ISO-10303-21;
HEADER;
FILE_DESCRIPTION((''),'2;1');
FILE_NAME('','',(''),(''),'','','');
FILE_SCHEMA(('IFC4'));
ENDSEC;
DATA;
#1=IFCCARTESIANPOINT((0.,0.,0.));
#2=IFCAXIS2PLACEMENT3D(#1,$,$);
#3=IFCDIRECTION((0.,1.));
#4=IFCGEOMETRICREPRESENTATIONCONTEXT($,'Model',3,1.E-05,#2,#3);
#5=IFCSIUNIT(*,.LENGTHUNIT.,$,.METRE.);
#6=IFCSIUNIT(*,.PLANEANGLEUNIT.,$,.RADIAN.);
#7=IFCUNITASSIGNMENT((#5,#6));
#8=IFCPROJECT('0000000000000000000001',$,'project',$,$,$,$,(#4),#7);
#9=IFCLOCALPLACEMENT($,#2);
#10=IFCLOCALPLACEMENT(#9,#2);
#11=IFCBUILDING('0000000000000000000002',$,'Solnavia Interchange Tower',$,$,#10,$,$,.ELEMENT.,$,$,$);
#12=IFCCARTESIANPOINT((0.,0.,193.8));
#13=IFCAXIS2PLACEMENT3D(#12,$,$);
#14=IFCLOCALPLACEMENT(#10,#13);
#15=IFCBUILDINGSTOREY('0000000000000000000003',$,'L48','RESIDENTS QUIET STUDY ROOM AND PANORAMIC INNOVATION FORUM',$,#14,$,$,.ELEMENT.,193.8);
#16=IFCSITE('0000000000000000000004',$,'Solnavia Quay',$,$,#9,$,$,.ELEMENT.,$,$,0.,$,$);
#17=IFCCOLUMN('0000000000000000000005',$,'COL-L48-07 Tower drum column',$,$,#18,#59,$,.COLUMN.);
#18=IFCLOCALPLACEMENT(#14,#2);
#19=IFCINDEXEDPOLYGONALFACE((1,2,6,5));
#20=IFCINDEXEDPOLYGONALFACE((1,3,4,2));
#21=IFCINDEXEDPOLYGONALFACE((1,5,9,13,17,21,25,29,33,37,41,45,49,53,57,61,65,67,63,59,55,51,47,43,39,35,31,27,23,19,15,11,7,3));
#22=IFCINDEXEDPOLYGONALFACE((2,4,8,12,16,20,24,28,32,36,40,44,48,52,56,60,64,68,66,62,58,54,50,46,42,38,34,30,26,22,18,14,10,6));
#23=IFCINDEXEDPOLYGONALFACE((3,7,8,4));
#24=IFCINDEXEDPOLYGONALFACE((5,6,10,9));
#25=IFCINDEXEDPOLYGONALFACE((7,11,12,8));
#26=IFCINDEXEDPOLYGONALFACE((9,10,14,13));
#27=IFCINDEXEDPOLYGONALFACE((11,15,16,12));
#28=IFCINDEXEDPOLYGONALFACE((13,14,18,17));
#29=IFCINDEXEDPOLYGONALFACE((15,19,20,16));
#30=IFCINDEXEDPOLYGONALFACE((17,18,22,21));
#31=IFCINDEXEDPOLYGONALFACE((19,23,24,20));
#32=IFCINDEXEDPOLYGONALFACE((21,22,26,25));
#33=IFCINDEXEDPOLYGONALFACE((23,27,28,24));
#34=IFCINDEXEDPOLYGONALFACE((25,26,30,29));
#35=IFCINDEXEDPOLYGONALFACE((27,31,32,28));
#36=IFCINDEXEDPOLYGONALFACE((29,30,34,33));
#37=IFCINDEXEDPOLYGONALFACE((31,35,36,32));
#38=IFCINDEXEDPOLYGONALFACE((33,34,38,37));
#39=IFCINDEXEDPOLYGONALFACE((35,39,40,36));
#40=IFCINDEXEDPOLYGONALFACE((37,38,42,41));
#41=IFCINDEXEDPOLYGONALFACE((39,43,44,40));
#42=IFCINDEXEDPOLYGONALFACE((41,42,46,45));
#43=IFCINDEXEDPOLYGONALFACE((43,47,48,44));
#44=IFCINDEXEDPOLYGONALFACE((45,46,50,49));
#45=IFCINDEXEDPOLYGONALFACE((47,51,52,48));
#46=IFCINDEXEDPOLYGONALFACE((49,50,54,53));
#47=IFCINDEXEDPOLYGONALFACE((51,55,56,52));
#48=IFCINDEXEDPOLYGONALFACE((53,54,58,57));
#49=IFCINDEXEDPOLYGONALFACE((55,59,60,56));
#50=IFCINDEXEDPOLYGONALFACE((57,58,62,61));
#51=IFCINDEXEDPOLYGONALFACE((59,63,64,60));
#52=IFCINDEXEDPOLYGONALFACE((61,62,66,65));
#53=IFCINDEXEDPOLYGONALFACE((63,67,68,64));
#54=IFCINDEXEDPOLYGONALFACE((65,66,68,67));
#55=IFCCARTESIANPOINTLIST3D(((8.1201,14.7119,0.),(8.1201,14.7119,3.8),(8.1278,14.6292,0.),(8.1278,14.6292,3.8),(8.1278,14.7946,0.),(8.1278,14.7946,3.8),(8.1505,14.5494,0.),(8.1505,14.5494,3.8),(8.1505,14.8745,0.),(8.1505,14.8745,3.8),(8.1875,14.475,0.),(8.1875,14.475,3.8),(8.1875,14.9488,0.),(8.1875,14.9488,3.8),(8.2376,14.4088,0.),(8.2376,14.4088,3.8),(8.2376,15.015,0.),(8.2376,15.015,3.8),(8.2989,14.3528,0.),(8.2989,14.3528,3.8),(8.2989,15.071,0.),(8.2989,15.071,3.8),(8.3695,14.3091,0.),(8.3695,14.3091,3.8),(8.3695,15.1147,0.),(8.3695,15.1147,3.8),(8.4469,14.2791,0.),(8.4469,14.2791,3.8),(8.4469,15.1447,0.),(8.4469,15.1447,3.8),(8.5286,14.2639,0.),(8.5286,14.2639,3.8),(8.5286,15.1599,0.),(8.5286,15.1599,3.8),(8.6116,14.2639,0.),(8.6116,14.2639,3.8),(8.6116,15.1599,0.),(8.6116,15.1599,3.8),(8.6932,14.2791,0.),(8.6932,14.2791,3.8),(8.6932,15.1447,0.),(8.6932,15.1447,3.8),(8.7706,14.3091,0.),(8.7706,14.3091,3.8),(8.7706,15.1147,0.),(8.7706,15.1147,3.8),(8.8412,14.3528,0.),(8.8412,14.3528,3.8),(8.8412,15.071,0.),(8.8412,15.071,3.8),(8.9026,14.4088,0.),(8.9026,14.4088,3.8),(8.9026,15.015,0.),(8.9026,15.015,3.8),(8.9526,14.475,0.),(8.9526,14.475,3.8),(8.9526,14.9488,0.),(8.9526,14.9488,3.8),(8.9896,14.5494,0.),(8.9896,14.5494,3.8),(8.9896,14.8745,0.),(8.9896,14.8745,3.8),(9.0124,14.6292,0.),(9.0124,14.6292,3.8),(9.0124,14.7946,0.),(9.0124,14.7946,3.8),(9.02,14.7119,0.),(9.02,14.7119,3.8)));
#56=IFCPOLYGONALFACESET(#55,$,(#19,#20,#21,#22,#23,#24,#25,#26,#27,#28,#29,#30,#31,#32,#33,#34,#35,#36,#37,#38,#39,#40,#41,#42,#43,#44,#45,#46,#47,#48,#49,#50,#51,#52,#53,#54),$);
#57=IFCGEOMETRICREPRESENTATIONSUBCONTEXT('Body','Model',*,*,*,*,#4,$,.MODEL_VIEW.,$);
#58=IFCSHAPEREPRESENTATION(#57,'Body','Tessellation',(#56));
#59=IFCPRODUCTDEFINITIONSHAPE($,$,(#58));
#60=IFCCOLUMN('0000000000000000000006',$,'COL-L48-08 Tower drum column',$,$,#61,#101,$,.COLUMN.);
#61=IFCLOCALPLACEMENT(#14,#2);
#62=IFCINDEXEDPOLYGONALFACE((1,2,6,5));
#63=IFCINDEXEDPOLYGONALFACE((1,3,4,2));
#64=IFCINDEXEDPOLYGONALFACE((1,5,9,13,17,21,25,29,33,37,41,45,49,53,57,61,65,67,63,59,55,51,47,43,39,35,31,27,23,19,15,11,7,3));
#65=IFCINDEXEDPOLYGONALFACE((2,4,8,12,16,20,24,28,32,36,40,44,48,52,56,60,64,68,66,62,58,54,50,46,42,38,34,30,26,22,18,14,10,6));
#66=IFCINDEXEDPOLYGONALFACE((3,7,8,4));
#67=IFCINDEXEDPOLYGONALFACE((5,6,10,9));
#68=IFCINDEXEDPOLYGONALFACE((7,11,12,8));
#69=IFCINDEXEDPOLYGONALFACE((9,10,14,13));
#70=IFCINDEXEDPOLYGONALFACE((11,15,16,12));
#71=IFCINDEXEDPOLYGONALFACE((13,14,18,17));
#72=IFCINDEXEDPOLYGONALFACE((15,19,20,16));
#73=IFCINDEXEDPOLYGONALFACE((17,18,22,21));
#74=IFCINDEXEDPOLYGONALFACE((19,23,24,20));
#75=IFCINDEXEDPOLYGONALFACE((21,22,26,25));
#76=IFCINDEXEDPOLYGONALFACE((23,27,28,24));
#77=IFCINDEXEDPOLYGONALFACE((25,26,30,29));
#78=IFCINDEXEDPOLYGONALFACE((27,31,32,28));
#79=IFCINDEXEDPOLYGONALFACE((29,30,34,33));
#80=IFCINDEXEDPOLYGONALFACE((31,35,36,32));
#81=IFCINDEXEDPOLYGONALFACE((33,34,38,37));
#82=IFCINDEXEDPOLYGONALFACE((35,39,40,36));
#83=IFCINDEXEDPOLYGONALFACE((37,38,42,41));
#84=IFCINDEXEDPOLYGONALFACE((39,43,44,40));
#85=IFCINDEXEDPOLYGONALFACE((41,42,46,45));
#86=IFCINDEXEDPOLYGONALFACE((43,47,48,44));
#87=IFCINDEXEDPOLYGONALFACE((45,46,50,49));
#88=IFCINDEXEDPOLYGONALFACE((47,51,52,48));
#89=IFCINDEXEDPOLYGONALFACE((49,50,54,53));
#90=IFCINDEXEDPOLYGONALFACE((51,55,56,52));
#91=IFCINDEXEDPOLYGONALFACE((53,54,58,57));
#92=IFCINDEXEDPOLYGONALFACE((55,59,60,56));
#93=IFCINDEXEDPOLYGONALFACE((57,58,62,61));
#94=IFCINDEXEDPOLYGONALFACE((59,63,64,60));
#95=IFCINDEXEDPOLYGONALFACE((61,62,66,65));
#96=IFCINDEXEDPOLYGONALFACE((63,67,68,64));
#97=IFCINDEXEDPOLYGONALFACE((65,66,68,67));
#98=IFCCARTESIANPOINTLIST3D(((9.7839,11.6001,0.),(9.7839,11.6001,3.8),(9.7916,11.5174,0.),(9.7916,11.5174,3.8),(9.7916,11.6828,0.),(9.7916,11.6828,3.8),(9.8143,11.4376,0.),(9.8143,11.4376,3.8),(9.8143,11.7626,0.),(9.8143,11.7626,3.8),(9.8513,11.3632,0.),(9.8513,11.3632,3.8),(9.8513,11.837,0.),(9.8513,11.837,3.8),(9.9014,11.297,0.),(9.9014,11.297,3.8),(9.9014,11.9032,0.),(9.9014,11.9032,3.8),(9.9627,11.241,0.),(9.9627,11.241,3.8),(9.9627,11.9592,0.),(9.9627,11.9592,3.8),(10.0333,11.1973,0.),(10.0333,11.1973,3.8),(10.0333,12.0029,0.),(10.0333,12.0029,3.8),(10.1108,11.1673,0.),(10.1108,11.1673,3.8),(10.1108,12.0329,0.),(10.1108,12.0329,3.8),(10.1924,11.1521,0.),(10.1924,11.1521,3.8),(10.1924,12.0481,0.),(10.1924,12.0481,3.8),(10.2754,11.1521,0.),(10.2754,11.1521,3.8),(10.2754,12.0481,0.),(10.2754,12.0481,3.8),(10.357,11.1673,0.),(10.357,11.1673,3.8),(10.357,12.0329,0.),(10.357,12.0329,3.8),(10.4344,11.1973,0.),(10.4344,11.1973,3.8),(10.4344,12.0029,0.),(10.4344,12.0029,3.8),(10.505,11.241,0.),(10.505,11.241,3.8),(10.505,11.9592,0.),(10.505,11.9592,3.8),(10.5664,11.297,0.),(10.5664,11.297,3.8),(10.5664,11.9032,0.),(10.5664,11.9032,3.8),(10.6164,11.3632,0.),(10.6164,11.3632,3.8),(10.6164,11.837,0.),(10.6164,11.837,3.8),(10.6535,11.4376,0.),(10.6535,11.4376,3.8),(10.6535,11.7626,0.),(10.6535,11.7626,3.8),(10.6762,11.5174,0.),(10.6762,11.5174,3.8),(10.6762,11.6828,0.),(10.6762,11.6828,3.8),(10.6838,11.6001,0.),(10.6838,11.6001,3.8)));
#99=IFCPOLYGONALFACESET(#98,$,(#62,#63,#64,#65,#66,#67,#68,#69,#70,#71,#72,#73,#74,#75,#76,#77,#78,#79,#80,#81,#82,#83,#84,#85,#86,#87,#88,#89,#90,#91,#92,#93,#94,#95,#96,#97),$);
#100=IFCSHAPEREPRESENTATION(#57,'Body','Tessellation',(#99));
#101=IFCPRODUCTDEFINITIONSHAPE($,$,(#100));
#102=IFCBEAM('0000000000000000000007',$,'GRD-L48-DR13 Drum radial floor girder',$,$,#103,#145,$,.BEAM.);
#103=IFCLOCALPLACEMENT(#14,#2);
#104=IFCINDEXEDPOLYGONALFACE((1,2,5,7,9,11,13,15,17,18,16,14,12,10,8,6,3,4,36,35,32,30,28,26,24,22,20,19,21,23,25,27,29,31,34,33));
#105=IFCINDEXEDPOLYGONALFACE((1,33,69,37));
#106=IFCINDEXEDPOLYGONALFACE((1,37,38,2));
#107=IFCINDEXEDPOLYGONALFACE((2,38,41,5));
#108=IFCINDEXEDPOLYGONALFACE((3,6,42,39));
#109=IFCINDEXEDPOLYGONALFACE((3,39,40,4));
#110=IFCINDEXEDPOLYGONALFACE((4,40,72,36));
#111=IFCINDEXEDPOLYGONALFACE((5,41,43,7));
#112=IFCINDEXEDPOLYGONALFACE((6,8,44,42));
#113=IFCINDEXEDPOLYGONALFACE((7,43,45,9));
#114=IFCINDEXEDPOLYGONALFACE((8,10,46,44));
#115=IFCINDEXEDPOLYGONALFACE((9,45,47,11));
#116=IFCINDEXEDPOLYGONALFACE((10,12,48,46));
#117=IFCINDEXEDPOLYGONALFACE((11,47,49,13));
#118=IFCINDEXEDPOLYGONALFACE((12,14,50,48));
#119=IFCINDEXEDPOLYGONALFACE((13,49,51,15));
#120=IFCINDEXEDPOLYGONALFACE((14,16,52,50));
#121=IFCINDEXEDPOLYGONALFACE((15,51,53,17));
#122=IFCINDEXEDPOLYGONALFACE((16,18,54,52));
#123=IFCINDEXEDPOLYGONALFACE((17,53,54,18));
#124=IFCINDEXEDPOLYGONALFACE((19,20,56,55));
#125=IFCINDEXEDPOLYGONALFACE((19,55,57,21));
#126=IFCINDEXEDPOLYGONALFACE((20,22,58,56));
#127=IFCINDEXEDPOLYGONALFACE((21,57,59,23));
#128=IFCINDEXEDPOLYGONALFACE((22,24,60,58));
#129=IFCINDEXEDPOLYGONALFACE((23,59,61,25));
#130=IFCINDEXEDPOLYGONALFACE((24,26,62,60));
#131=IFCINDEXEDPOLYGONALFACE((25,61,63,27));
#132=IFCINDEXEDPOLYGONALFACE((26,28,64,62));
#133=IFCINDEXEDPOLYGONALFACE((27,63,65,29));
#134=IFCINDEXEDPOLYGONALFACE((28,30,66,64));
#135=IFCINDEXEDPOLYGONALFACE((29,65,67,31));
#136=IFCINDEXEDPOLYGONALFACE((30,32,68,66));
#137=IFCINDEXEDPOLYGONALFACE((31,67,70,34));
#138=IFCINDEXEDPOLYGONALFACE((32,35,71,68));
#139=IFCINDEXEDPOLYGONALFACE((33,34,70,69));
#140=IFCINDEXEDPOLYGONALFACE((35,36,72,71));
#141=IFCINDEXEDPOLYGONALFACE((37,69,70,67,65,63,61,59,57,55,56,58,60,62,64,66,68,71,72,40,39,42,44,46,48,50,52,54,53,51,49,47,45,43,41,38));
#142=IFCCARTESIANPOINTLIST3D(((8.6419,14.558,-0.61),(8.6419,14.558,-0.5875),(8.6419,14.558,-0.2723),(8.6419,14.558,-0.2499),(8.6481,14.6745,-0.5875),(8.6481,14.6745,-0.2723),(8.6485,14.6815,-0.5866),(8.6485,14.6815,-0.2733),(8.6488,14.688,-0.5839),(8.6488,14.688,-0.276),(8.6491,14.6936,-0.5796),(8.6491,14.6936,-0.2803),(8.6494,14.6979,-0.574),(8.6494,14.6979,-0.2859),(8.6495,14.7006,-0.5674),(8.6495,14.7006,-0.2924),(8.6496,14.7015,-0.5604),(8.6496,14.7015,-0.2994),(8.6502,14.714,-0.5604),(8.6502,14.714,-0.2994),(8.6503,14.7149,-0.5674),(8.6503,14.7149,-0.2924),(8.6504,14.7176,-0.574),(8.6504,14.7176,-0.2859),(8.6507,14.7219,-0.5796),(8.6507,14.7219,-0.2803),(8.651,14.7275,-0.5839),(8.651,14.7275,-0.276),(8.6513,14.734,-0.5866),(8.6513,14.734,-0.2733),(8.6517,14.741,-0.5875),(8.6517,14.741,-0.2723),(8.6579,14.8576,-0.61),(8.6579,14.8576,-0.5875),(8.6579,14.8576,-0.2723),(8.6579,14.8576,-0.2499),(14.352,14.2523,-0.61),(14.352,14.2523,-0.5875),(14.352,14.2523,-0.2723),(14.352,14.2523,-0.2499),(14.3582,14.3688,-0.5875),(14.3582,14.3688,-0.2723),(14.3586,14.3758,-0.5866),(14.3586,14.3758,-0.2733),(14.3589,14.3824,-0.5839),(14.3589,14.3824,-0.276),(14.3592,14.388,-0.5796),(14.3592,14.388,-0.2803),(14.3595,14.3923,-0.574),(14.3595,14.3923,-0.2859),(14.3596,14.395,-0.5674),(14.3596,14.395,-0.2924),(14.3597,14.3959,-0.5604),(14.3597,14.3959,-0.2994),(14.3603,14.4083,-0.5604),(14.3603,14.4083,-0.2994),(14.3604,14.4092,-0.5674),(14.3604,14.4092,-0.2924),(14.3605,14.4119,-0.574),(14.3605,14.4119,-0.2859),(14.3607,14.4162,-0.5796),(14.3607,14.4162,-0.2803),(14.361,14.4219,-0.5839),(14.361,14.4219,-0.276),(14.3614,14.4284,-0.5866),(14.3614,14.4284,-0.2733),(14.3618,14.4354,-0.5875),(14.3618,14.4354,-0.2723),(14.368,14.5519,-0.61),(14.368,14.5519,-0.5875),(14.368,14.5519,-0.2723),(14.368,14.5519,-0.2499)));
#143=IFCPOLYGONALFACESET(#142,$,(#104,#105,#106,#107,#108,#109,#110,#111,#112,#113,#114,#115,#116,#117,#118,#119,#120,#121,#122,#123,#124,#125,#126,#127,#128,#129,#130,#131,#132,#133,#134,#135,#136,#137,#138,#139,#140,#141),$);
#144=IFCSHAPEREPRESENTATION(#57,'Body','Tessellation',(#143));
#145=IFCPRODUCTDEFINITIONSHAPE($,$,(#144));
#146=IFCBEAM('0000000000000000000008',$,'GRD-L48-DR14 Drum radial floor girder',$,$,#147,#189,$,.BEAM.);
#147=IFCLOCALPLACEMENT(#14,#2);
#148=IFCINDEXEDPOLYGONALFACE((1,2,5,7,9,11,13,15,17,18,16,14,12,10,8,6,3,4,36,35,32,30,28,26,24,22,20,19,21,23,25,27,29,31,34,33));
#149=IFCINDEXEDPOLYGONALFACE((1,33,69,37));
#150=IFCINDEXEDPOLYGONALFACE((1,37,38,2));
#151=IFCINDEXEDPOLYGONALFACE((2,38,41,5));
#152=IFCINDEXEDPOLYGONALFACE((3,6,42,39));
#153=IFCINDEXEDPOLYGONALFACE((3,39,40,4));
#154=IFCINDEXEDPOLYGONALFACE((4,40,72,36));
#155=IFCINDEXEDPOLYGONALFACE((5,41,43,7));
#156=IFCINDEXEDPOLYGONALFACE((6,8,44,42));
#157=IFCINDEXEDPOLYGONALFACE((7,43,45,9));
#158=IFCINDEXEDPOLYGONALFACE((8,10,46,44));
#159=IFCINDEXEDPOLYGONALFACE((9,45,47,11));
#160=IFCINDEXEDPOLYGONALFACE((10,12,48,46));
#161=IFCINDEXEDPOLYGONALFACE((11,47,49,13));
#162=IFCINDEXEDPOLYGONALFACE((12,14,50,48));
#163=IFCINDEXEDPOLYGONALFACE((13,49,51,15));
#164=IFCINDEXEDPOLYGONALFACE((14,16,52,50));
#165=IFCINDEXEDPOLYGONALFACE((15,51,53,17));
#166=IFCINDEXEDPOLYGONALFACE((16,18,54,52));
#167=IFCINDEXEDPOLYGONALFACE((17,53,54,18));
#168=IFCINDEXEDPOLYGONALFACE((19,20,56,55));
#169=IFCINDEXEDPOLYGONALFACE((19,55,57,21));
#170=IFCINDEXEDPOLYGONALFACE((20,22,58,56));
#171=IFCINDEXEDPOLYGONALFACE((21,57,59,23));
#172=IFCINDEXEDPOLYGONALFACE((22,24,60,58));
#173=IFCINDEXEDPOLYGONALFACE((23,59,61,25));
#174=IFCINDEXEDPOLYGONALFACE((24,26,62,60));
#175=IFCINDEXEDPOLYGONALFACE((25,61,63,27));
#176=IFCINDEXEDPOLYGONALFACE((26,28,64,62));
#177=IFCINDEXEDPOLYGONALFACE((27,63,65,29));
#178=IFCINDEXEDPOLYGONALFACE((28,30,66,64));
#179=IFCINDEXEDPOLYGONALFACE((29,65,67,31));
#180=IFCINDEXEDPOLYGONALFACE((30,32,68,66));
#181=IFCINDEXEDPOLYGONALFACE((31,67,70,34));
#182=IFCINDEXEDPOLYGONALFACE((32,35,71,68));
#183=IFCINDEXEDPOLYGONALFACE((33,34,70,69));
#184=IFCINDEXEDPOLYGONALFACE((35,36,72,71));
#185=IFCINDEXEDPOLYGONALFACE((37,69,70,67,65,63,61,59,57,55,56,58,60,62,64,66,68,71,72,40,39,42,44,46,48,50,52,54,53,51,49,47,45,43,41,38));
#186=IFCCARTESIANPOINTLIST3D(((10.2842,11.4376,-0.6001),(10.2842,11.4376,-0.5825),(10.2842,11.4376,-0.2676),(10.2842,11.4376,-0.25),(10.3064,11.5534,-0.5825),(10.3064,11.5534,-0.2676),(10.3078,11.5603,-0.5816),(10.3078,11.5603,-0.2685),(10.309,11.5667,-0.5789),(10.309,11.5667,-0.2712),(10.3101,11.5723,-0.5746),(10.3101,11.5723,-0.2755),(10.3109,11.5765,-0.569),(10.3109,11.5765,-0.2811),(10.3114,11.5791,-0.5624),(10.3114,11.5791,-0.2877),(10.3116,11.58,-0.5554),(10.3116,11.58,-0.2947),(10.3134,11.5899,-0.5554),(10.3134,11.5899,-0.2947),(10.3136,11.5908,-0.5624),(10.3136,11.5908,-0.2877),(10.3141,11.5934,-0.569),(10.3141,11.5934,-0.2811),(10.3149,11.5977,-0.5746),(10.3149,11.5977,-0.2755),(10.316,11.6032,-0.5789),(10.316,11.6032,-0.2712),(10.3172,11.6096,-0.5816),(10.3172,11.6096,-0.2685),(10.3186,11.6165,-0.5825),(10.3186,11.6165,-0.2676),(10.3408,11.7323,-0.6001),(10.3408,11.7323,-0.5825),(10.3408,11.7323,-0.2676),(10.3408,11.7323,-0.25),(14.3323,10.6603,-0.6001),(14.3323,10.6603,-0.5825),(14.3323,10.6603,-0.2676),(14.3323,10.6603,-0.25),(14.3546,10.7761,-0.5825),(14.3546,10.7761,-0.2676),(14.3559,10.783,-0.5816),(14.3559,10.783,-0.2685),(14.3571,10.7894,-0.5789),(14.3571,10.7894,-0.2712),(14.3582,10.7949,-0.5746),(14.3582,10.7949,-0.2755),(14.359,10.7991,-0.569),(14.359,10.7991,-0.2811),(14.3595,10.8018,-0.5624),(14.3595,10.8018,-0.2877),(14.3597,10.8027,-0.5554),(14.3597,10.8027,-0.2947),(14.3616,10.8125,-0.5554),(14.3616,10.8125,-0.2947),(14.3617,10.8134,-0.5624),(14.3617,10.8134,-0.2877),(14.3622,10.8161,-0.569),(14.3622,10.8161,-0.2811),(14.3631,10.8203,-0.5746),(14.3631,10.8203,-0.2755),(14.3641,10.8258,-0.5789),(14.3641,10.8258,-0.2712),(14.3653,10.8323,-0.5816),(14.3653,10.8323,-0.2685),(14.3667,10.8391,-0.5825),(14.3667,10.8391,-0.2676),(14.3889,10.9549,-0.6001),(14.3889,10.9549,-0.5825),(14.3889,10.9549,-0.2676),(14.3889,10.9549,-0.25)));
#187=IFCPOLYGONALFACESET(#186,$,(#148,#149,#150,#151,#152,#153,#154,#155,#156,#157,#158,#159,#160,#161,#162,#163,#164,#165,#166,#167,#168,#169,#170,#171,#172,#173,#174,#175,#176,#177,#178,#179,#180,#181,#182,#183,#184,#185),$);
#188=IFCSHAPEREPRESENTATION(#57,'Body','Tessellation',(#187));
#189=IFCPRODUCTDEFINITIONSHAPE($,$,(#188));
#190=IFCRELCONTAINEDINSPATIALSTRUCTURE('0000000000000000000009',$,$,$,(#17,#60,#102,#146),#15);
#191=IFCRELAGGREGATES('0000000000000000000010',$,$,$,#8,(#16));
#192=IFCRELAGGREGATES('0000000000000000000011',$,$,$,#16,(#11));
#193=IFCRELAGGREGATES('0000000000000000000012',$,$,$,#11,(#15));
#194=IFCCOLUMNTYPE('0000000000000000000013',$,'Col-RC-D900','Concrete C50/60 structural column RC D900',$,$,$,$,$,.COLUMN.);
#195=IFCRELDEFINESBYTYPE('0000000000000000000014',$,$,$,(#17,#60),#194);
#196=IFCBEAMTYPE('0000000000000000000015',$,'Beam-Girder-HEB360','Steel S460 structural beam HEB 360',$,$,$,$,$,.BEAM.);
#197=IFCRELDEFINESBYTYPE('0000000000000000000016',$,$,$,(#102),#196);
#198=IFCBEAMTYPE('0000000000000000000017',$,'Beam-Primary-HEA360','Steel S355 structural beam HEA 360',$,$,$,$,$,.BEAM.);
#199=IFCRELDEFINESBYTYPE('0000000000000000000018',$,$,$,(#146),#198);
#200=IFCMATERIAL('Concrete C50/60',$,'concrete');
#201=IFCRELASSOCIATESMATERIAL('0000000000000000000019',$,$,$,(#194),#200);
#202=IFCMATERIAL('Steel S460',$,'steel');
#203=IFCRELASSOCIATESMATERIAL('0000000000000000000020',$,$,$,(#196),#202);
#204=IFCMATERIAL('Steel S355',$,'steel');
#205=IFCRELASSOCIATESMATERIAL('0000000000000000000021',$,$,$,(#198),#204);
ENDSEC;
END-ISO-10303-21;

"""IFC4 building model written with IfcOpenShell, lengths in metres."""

from ifc_helpers import new_model, si_unit, direction, frame, origin, origin_2d, place, context, subcontext, project, spatial, circle, i_section, extrude, material, material_profile, profile_set, type_object, element, save


model = new_model("IFC4")

# Units and contexts
model_context = context("Model", 3, precision=1e-05, world=origin(), true_north=direction((0.0, 1.0)))
body_context = subcontext(model_context, "Body", "Model", "MODEL_VIEW")
ifc_project = project(units=[si_unit("LENGTHUNIT", "METRE"), si_unit("PLANEANGLEUNIT", "RADIAN")], contexts=[model_context])

# Site, building, storey
site_placement = place(None, origin())
site = spatial("IfcSite", under=ifc_project, at=site_placement, Name="Solnavia Quay", CompositionType="ELEMENT", RefElevation=0.0)
building_placement = place(site_placement, origin())
building = spatial("IfcBuilding", under=site, at=building_placement, Name="Solnavia Interchange Tower", CompositionType="ELEMENT")
storey_placement = place(building_placement, frame((0.0, 0.0, 193.8)))
storey = spatial("IfcBuildingStorey", under=building, at=storey_placement, Name="L48", Description="RESIDENTS QUIET STUDY ROOM AND PANORAMIC INNOVATION FORUM", CompositionType="ELEMENT", Elevation=193.8)

# Columns
ifc_material_1 = material(Name="Concrete C50/60", Category="concrete")
ifc_material_profile_1 = material_profile(ifc_material_1, circle(Radius=0.45, at=origin_2d()), Name="RC D900")
ifc_profile_set_1 = profile_set([ifc_material_profile_1], Name="Concrete C50/60")
column_type = type_object("IfcColumnType", Name="Col-RC-D900", Description="Concrete C50/60 structural column RC D900", PredefinedType="COLUMN", material=ifc_profile_set_1)
for number, where, z_axis, x_axis, name in (
    (1, (8.5701, 14.7119, 0.0), (0.0, 0.0, 1.0), (1.0, 0.0, 0.0), "COL-L48-07 Tower drum column"),
    (2, (10.2339, 11.6001, 0.0), (0.0, 0.0, 1.0), (1.0, 0.0, 0.0), "COL-L48-08 Tower drum column"),
):
    element("IfcColumn", number, at=place(storey_placement, frame(where, z_axis=z_axis, x_axis=x_axis)), inside=storey, type_object=column_type, Name=name, PredefinedType="COLUMN", context=body_context, shape_type="SweptSolid", body=[
        extrude(circle(Radius=0.45, at=origin_2d()), origin(), (0.0, 0.0, 1.0), 3.8),
    ])

# Beams
ifc_material_2 = material(Name="Steel S460", Category="steel")
ifc_material_profile_2 = material_profile(ifc_material_2, i_section(OverallWidth=0.3, OverallDepth=0.3601, WebThickness=0.0125, FlangeThickness=0.0225, FilletRadius=0.0271, at=origin_2d()), Name="HEB 360")
ifc_profile_set_2 = profile_set([ifc_material_profile_2], Name="Steel S460")
beam_type_1 = type_object("IfcBeamType", Name="Beam-Girder-HEB360", Description="Steel S460 structural beam HEB 360", PredefinedType="BEAM", material=ifc_profile_set_2)
beam_1_placement = place(storey_placement, frame((8.6499, 14.7078, -0.4299), z_axis=(0.99857, -0.053453, 0.0), x_axis=(0.053453, 0.99857, 0.0)))
element("IfcBeam", 3, at=beam_1_placement, inside=storey, type_object=beam_type_1, Name="GRD-L48-DR13 Drum radial floor girder", PredefinedType="BEAM", context=body_context, shape_type="SweptSolid", body=[
    extrude(i_section(OverallWidth=0.3, OverallDepth=0.3601, WebThickness=0.0125, FlangeThickness=0.0225, FilletRadius=0.0271, at=origin_2d()), origin(), (0.0, 0.0, 1.0), 5.7183),
])
ifc_material_3 = material(Name="Steel S355", Category="steel")
ifc_material_profile_3 = material_profile(ifc_material_3, i_section(OverallWidth=0.3, OverallDepth=0.3501, WebThickness=0.01, FlangeThickness=0.0176, FilletRadius=0.0271, at=origin_2d()), Name="HEA 360")
ifc_profile_set_3 = profile_set([ifc_material_profile_3], Name="Steel S355")
beam_type_2 = type_object("IfcBeamType", Name="Beam-Primary-HEA360", Description="Steel S355 structural beam HEA 360", PredefinedType="BEAM", material=ifc_profile_set_3)
beam_2_placement = place(storey_placement, frame((10.3125, 11.585, -0.425), z_axis=(0.982058, -0.188582, 0.0), x_axis=(0.188582, 0.982058, 0.0)))
element("IfcBeam", 4, at=beam_2_placement, inside=storey, type_object=beam_type_2, Name="GRD-L48-DR14 Drum radial floor girder", PredefinedType="BEAM", context=body_context, shape_type="SweptSolid", body=[
    extrude(i_section(OverallWidth=0.3, OverallDepth=0.3501, WebThickness=0.01, FlangeThickness=0.0176, FilletRadius=0.0271, at=origin_2d()), origin(), (0.0, 0.0, 1.0), 4.1221),
])

save(model, "model.ifc")
